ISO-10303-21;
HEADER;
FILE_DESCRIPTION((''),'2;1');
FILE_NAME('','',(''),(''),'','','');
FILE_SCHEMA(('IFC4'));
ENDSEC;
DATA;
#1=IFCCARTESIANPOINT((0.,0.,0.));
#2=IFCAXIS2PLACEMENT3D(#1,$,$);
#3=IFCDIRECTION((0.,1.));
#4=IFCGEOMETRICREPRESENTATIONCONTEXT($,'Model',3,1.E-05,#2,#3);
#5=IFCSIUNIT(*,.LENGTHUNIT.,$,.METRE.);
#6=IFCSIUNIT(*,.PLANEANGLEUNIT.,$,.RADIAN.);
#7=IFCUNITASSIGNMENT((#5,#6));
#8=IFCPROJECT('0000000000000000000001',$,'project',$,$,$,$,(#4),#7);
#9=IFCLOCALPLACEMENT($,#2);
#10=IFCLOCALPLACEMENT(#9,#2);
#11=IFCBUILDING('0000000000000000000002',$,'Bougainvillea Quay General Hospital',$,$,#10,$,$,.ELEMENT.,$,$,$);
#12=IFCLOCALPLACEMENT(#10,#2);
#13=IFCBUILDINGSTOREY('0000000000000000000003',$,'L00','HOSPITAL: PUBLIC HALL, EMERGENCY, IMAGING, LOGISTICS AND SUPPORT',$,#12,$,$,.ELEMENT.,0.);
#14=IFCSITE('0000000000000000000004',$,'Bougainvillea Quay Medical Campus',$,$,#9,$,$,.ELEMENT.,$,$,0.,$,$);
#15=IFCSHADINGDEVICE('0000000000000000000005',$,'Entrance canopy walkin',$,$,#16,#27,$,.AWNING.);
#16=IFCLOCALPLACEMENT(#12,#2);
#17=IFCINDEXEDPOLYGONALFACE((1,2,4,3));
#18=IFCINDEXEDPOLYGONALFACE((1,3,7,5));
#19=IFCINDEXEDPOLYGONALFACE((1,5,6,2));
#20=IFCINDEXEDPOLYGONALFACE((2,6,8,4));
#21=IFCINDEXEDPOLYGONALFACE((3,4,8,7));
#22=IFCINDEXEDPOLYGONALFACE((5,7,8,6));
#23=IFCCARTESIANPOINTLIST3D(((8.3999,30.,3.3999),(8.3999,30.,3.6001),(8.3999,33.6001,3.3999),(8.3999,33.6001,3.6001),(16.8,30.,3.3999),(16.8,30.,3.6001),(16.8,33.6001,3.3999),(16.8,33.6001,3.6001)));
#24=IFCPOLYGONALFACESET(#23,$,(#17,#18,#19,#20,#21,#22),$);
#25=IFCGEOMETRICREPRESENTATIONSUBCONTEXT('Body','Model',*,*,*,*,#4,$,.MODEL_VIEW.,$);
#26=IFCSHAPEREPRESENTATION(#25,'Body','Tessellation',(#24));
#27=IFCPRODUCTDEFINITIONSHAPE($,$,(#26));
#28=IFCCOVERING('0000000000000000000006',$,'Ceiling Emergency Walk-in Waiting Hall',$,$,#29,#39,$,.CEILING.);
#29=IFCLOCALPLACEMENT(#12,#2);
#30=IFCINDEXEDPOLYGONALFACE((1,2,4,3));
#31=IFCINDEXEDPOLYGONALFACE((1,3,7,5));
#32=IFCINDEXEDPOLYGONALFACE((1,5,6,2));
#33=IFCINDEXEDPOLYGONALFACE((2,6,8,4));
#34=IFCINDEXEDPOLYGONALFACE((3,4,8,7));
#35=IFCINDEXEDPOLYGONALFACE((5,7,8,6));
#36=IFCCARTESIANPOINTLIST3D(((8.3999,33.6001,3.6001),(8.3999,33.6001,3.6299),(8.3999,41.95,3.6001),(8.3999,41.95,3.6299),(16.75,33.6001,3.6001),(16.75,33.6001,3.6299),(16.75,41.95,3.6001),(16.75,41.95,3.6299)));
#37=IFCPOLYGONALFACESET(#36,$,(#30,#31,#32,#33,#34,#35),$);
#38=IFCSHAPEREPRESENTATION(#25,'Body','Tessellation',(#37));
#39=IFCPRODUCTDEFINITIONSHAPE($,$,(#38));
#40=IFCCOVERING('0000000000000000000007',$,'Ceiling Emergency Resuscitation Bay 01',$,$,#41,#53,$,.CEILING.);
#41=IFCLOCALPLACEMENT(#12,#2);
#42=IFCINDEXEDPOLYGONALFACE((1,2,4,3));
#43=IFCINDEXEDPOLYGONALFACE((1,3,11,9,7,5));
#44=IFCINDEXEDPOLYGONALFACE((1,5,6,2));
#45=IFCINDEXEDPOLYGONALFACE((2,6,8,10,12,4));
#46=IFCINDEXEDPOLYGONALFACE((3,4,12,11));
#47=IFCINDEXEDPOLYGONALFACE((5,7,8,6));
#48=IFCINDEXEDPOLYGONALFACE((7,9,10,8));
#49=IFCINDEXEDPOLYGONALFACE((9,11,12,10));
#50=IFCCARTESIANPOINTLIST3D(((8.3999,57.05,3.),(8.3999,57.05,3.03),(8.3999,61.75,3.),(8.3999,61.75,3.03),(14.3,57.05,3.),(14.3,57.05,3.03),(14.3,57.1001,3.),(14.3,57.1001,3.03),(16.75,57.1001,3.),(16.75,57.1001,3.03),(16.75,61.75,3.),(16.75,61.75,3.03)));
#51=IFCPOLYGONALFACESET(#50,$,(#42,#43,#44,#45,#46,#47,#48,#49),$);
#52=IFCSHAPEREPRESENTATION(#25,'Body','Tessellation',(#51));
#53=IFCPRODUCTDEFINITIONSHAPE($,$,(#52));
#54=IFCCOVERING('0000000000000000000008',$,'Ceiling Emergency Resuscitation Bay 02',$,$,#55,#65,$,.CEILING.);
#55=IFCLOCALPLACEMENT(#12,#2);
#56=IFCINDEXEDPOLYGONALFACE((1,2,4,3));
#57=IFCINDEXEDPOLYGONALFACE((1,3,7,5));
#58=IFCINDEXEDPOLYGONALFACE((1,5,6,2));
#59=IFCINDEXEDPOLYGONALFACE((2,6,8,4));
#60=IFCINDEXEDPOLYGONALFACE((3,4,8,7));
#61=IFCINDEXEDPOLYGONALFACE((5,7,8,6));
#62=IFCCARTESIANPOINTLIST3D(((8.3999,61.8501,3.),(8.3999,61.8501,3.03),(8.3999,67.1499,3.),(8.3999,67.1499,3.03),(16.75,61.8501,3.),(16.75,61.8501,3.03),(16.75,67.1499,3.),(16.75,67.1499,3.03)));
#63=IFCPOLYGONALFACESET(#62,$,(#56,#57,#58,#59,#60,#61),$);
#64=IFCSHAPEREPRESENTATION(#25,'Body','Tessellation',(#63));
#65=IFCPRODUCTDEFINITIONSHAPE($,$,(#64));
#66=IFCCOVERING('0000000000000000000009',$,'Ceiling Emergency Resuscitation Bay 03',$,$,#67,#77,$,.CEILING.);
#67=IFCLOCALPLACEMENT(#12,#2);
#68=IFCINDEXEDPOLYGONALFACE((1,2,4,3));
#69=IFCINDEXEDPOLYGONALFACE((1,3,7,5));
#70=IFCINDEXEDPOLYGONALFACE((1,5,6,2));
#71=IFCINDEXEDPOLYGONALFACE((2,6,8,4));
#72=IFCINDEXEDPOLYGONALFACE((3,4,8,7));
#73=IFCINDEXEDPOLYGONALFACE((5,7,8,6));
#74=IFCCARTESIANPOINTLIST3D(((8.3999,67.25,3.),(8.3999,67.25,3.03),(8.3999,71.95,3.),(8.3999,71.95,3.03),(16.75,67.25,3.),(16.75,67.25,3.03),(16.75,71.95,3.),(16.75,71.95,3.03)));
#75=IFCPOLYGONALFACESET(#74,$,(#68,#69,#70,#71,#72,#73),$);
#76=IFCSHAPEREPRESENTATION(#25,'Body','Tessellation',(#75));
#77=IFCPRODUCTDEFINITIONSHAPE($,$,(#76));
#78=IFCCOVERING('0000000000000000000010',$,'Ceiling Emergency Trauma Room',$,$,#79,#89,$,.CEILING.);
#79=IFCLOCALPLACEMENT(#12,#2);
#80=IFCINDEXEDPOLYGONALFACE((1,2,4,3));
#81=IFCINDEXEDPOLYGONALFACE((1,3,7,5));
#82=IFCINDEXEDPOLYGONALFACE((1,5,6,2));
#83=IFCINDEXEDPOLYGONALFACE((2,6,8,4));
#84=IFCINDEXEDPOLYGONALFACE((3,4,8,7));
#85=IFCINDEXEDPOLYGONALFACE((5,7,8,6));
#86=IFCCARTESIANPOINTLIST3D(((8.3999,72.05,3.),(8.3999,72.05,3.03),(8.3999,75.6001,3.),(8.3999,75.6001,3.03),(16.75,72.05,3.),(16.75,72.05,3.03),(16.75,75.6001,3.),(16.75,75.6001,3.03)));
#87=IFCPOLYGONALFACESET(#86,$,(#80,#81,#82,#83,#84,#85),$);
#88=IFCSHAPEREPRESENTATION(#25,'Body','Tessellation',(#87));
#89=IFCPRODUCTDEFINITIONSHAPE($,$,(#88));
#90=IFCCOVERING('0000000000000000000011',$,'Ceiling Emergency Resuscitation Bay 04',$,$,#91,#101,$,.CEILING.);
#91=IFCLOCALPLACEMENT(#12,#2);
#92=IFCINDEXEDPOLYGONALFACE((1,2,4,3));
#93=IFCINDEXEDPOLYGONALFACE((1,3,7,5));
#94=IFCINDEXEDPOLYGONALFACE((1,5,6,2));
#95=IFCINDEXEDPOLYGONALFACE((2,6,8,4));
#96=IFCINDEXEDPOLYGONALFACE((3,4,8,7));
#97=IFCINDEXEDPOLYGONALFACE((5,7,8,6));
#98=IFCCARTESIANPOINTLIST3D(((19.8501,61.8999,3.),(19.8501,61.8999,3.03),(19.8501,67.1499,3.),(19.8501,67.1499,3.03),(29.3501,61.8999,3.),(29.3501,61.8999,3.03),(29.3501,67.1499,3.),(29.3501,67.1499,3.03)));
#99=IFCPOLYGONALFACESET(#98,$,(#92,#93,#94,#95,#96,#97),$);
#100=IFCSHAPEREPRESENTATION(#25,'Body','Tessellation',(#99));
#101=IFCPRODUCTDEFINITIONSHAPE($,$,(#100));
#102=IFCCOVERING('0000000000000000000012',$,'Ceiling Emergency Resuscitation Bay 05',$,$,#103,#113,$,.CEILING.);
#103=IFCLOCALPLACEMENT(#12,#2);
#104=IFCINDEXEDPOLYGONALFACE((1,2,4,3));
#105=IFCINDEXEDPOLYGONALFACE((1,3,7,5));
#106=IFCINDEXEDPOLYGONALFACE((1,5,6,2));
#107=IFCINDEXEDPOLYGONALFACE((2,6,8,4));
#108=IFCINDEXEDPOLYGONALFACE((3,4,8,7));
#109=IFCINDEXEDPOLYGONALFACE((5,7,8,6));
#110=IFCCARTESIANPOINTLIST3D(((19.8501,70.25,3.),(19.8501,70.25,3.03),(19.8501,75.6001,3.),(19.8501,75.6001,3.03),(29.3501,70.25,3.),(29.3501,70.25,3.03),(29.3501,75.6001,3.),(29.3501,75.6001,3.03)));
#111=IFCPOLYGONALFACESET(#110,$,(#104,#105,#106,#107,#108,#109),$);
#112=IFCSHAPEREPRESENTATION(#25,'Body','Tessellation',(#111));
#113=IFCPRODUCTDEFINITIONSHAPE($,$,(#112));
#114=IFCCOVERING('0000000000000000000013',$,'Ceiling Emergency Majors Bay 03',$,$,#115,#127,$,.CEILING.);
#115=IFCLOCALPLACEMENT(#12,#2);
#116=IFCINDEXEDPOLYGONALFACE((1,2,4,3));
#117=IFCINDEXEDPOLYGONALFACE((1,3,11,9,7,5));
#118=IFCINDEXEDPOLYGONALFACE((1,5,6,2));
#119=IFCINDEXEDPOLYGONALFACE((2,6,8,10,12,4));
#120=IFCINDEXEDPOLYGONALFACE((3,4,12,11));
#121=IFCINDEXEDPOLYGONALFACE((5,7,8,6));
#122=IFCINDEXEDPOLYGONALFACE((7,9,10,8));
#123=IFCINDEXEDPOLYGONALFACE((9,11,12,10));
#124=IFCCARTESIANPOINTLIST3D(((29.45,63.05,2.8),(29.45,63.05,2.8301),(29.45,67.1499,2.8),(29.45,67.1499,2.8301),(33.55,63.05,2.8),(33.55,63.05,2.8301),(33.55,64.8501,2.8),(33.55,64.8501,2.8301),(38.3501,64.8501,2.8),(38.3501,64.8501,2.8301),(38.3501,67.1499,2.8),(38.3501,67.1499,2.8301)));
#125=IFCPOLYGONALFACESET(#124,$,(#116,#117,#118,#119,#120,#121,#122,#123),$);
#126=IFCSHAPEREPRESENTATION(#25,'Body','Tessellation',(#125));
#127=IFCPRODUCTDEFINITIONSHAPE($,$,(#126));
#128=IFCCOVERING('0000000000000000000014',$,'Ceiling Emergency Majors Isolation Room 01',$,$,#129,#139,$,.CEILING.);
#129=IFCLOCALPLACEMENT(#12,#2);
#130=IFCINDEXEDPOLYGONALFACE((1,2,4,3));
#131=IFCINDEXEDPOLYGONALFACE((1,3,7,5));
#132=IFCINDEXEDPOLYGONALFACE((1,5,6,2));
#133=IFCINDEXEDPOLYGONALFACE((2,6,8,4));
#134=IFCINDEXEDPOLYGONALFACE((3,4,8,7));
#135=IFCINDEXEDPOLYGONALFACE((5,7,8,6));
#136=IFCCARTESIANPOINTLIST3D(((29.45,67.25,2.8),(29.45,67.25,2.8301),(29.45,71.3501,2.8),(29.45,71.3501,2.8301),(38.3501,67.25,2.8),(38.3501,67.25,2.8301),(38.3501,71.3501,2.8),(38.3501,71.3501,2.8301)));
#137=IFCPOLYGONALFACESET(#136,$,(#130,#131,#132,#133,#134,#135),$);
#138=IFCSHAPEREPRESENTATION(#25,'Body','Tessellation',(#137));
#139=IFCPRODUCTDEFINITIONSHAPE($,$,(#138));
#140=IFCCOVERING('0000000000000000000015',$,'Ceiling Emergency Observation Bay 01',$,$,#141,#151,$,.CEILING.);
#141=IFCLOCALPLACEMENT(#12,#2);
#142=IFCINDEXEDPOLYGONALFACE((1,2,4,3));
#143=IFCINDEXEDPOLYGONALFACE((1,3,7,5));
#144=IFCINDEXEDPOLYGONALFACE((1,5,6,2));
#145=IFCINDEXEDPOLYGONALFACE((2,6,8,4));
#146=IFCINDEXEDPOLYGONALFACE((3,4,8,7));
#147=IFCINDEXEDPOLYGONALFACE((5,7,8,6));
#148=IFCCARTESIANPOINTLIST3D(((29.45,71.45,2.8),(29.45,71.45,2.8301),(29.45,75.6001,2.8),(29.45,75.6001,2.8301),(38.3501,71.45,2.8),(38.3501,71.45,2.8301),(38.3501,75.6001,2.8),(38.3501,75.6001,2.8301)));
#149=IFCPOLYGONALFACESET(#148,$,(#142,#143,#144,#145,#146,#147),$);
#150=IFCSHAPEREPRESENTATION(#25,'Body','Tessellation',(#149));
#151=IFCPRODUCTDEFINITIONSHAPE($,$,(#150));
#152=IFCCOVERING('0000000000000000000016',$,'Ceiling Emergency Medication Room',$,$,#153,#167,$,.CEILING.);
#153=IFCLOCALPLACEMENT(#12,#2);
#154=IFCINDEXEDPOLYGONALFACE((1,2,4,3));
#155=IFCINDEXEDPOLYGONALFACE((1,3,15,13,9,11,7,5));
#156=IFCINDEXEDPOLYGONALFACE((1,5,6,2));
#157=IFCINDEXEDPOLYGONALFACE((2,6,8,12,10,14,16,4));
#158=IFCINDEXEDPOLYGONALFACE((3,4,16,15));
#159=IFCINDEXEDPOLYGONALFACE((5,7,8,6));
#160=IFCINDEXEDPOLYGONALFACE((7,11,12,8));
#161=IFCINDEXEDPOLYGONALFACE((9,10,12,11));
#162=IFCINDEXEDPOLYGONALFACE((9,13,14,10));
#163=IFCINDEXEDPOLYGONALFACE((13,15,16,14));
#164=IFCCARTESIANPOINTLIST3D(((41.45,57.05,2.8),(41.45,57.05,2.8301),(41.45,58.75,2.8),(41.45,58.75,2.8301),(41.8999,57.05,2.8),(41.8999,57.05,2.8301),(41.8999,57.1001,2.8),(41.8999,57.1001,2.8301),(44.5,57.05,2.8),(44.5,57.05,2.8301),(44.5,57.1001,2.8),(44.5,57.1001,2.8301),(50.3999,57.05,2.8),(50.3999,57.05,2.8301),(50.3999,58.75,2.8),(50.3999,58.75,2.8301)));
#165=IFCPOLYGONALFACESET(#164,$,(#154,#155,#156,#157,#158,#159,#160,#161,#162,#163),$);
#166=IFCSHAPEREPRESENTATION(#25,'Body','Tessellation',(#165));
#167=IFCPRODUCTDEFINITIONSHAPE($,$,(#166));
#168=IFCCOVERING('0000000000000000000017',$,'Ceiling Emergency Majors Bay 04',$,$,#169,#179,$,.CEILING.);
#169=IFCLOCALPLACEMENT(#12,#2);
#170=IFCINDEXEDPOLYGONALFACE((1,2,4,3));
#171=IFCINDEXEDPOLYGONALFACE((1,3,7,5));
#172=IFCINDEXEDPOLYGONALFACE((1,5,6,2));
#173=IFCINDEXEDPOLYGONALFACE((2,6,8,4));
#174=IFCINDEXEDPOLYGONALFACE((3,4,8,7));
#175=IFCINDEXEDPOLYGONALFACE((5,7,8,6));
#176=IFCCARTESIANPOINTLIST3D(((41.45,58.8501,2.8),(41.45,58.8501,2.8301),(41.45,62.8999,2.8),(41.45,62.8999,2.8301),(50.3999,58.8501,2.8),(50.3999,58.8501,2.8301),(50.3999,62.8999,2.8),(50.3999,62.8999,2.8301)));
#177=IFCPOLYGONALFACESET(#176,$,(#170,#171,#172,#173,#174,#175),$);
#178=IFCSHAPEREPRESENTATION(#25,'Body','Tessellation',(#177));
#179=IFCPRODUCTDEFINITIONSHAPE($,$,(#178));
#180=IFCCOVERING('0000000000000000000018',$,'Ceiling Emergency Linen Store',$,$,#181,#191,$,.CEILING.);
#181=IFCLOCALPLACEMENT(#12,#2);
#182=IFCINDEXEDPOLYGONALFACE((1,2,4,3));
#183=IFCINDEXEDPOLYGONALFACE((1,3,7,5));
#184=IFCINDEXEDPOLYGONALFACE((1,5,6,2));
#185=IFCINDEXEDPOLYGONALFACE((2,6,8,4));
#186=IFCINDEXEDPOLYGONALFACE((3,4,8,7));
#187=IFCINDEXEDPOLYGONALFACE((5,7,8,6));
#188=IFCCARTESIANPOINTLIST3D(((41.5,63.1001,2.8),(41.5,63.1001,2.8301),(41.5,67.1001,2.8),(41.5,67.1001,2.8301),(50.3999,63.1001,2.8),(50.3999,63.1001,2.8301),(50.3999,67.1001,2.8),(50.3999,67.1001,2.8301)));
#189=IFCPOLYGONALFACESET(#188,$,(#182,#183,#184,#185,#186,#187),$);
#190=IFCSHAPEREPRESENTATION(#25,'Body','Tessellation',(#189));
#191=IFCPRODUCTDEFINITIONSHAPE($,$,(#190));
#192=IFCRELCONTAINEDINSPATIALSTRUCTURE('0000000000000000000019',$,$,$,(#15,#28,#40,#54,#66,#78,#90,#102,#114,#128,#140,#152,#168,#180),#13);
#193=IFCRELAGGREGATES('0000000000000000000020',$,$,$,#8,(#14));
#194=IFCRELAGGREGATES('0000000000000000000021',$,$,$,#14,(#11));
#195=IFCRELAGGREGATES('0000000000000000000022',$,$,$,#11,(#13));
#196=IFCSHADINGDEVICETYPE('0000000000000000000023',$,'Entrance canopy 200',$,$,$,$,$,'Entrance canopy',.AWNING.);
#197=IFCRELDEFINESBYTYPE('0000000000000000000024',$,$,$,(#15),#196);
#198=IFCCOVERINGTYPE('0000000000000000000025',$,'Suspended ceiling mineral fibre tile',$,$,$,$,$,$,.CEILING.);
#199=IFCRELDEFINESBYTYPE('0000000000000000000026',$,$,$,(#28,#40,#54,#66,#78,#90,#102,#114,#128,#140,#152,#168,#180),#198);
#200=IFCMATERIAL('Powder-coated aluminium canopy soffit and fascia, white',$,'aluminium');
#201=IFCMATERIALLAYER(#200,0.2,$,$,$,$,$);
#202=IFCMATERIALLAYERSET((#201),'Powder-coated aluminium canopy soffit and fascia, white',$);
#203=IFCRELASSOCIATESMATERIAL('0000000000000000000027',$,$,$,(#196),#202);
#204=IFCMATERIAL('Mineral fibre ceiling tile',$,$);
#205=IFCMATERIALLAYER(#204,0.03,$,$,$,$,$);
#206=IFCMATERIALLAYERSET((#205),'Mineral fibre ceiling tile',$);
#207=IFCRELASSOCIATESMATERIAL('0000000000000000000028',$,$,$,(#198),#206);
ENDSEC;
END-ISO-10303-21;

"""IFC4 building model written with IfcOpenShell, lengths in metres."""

from ifc_helpers import new_model, si_unit, direction, frame, origin, place, context, subcontext, project, spatial, polyline, outline, extrude, material, layer, layer_set, type_object, element, save


model = new_model("IFC4")

# Units and contexts
model_context = context("Model", 3, precision=1e-05, world=origin(), true_north=direction((0.0, 1.0)))
body_context = subcontext(model_context, "Body", "Model", "MODEL_VIEW")
ifc_project = project(units=[si_unit("LENGTHUNIT", "METRE"), si_unit("PLANEANGLEUNIT", "RADIAN")], contexts=[model_context])

# Site, building, storey
site_placement = place(None, origin())
site = spatial("IfcSite", under=ifc_project, at=site_placement, Name="Bougainvillea Quay Medical Campus", CompositionType="ELEMENT", RefElevation=0.0)
building_placement = place(site_placement, origin())
building = spatial("IfcBuilding", under=site, at=building_placement, Name="Bougainvillea Quay General Hospital", CompositionType="ELEMENT")
storey_placement = place(building_placement, origin())
storey = spatial("IfcBuildingStorey", under=building, at=storey_placement, Name="L00", Description="HOSPITAL: PUBLIC HALL, EMERGENCY, IMAGING, LOGISTICS AND SUPPORT", CompositionType="ELEMENT", Elevation=0.0)

# Shading device
ifc_material_1 = material(Name="Powder-coated aluminium canopy soffit and fascia, white", Category="aluminium")
ifc_layer_1 = layer(ifc_material_1, 0.2)
ifc_layer_set_1 = layer_set([ifc_layer_1], Name="Powder-coated aluminium canopy soffit and fascia, white")
shading_device_type = type_object("IfcShadingDeviceType", Name="Entrance canopy 200", ElementType="Entrance canopy", PredefinedType="AWNING", material=ifc_layer_set_1)
shading_device_placement = place(storey_placement, frame((0.0, 0.0, 3.3999)))
element("IfcShadingDevice", 1, at=shading_device_placement, inside=storey, type_object=shading_device_type, Name="Entrance canopy walkin", PredefinedType="AWNING", context=body_context, shape_type="SweptSolid", body=[
    extrude(outline(polyline([(8.3999, 30.0), (16.8, 30.0), (16.8, 33.6001), (8.3999, 33.6001), (8.3999, 30.0)])), origin(), (0.0, 0.0, 1.0), 0.2002),
])

# Coverings
ifc_material_2 = material(Name="Mineral fibre ceiling tile")
ifc_layer_2 = layer(ifc_material_2, 0.03)
ifc_layer_set_2 = layer_set([ifc_layer_2], Name="Mineral fibre ceiling tile")
covering_type = type_object("IfcCoveringType", Name="Suspended ceiling mineral fibre tile", PredefinedType="CEILING", material=ifc_layer_set_2)
covering_1_placement = place(storey_placement, frame((0.0, 0.0, 3.6001)))
element("IfcCovering", 2, at=covering_1_placement, inside=storey, type_object=covering_type, Name="Ceiling Emergency Walk-in Waiting Hall", PredefinedType="CEILING", context=body_context, shape_type="SweptSolid", body=[
    extrude(outline(polyline([(16.75, 33.6001), (16.75, 41.95), (8.3999, 41.95), (8.3999, 33.6001), (16.75, 33.6001)])), origin(), (0.0, 0.0, 1.0), 0.0298),
])
covering_2_placement = place(storey_placement, frame((0.0, 0.0, 3.0)))
element("IfcCovering", 3, at=covering_2_placement, inside=storey, type_object=covering_type, Name="Ceiling Emergency Resuscitation Bay 01", PredefinedType="CEILING", context=body_context, shape_type="SweptSolid", body=[
    extrude(outline(polyline([(8.3999, 57.05), (14.3, 57.05), (14.3, 57.1001), (16.75, 57.1001), (16.75, 61.75), (8.3999, 61.75), (8.3999, 57.05)])), origin(), (0.0, 0.0, 1.0), 0.03),
])
covering_3_placement = place(storey_placement, frame((0.0, 0.0, 3.0)))
element("IfcCovering", 4, at=covering_3_placement, inside=storey, type_object=covering_type, Name="Ceiling Emergency Resuscitation Bay 02", PredefinedType="CEILING", context=body_context, shape_type="SweptSolid", body=[
    extrude(outline(polyline([(8.3999, 61.8501), (16.75, 61.8501), (16.75, 67.1499), (8.3999, 67.1499), (8.3999, 61.8501)])), origin(), (0.0, 0.0, 1.0), 0.03),
])
covering_4_placement = place(storey_placement, frame((0.0, 0.0, 3.0)))
element("IfcCovering", 5, at=covering_4_placement, inside=storey, type_object=covering_type, Name="Ceiling Emergency Resuscitation Bay 03", PredefinedType="CEILING", context=body_context, shape_type="SweptSolid", body=[
    extrude(outline(polyline([(8.3999, 67.25), (16.75, 67.25), (16.75, 71.95), (8.3999, 71.95), (8.3999, 67.25)])), origin(), (0.0, 0.0, 1.0), 0.03),
])
covering_5_placement = place(storey_placement, frame((0.0, 0.0, 3.0)))
element("IfcCovering", 6, at=covering_5_placement, inside=storey, type_object=covering_type, Name="Ceiling Emergency Trauma Room", PredefinedType="CEILING", context=body_context, shape_type="SweptSolid", body=[
    extrude(outline(polyline([(8.3999, 75.6001), (8.3999, 72.05), (16.75, 72.05), (16.75, 75.6001), (8.3999, 75.6001)])), origin(), (0.0, 0.0, 1.0), 0.03),
])
covering_6_placement = place(storey_placement, frame((0.0, 0.0, 3.0)))
element("IfcCovering", 7, at=covering_6_placement, inside=storey, type_object=covering_type, Name="Ceiling Emergency Resuscitation Bay 04", PredefinedType="CEILING", context=body_context, shape_type="SweptSolid", body=[
    extrude(outline(polyline([(29.3501, 61.8999), (29.3501, 67.1499), (19.8501, 67.1499), (19.8501, 61.8999), (29.3501, 61.8999)])), origin(), (0.0, 0.0, 1.0), 0.03),
])
covering_7_placement = place(storey_placement, frame((0.0, 0.0, 3.0)))
element("IfcCovering", 8, at=covering_7_placement, inside=storey, type_object=covering_type, Name="Ceiling Emergency Resuscitation Bay 05", PredefinedType="CEILING", context=body_context, shape_type="SweptSolid", body=[
    extrude(outline(polyline([(19.8501, 75.6001), (19.8501, 70.25), (29.3501, 70.25), (29.3501, 75.6001), (19.8501, 75.6001)])), origin(), (0.0, 0.0, 1.0), 0.03),
])
covering_8_placement = place(storey_placement, frame((0.0, 0.0, 2.8)))
element("IfcCovering", 9, at=covering_8_placement, inside=storey, type_object=covering_type, Name="Ceiling Emergency Majors Bay 03", PredefinedType="CEILING", context=body_context, shape_type="SweptSolid", body=[
    extrude(outline(polyline([(33.55, 63.05), (33.55, 64.8501), (38.3501, 64.8501), (38.3501, 67.1499), (29.45, 67.1499), (29.45, 63.05), (33.55, 63.05)])), origin(), (0.0, 0.0, 1.0), 0.03),
])
covering_9_placement = place(storey_placement, frame((0.0, 0.0, 2.8)))
element("IfcCovering", 10, at=covering_9_placement, inside=storey, type_object=covering_type, Name="Ceiling Emergency Majors Isolation Room 01", PredefinedType="CEILING", context=body_context, shape_type="SweptSolid", body=[
    extrude(outline(polyline([(29.45, 71.3501), (29.45, 67.25), (38.3501, 67.25), (38.3501, 71.3501), (29.45, 71.3501)])), origin(), (0.0, 0.0, 1.0), 0.03),
])
covering_10_placement = place(storey_placement, frame((0.0, 0.0, 2.8)))
element("IfcCovering", 11, at=covering_10_placement, inside=storey, type_object=covering_type, Name="Ceiling Emergency Observation Bay 01", PredefinedType="CEILING", context=body_context, shape_type="SweptSolid", body=[
    extrude(outline(polyline([(29.45, 75.6001), (29.45, 71.45), (38.3501, 71.45), (38.3501, 75.6001), (29.45, 75.6001)])), origin(), (0.0, 0.0, 1.0), 0.03),
])
covering_11_placement = place(storey_placement, frame((0.0, 0.0, 2.8)))
element("IfcCovering", 12, at=covering_11_placement, inside=storey, type_object=covering_type, Name="Ceiling Emergency Medication Room", PredefinedType="CEILING", context=body_context, shape_type="SweptSolid", body=[
    extrude(outline(polyline([(50.3999, 58.75), (41.45, 58.75), (41.45, 57.05), (41.8999, 57.05), (41.8999, 57.1001), (44.5, 57.1001), (44.5, 57.05), (50.3999, 57.05), (50.3999, 58.75)])), origin(), (0.0, 0.0, 1.0), 0.03),
])
covering_12_placement = place(storey_placement, frame((0.0, 0.0, 2.8)))
element("IfcCovering", 13, at=covering_12_placement, inside=storey, type_object=covering_type, Name="Ceiling Emergency Majors Bay 04", PredefinedType="CEILING", context=body_context, shape_type="SweptSolid", body=[
    extrude(outline(polyline([(50.3999, 62.8999), (41.45, 62.8999), (41.45, 58.8501), (50.3999, 58.8501), (50.3999, 62.8999)])), origin(), (0.0, 0.0, 1.0), 0.03),
])
covering_13_placement = place(storey_placement, frame((0.0, 0.0, 2.8)))
element("IfcCovering", 14, at=covering_13_placement, inside=storey, type_object=covering_type, Name="Ceiling Emergency Linen Store", PredefinedType="CEILING", context=body_context, shape_type="SweptSolid", body=[
    extrude(outline(polyline([(50.3999, 67.1001), (41.5, 67.1001), (41.5, 63.1001), (50.3999, 63.1001), (50.3999, 67.1001)])), origin(), (0.0, 0.0, 1.0), 0.03),
])

save(model, "model.ifc")
